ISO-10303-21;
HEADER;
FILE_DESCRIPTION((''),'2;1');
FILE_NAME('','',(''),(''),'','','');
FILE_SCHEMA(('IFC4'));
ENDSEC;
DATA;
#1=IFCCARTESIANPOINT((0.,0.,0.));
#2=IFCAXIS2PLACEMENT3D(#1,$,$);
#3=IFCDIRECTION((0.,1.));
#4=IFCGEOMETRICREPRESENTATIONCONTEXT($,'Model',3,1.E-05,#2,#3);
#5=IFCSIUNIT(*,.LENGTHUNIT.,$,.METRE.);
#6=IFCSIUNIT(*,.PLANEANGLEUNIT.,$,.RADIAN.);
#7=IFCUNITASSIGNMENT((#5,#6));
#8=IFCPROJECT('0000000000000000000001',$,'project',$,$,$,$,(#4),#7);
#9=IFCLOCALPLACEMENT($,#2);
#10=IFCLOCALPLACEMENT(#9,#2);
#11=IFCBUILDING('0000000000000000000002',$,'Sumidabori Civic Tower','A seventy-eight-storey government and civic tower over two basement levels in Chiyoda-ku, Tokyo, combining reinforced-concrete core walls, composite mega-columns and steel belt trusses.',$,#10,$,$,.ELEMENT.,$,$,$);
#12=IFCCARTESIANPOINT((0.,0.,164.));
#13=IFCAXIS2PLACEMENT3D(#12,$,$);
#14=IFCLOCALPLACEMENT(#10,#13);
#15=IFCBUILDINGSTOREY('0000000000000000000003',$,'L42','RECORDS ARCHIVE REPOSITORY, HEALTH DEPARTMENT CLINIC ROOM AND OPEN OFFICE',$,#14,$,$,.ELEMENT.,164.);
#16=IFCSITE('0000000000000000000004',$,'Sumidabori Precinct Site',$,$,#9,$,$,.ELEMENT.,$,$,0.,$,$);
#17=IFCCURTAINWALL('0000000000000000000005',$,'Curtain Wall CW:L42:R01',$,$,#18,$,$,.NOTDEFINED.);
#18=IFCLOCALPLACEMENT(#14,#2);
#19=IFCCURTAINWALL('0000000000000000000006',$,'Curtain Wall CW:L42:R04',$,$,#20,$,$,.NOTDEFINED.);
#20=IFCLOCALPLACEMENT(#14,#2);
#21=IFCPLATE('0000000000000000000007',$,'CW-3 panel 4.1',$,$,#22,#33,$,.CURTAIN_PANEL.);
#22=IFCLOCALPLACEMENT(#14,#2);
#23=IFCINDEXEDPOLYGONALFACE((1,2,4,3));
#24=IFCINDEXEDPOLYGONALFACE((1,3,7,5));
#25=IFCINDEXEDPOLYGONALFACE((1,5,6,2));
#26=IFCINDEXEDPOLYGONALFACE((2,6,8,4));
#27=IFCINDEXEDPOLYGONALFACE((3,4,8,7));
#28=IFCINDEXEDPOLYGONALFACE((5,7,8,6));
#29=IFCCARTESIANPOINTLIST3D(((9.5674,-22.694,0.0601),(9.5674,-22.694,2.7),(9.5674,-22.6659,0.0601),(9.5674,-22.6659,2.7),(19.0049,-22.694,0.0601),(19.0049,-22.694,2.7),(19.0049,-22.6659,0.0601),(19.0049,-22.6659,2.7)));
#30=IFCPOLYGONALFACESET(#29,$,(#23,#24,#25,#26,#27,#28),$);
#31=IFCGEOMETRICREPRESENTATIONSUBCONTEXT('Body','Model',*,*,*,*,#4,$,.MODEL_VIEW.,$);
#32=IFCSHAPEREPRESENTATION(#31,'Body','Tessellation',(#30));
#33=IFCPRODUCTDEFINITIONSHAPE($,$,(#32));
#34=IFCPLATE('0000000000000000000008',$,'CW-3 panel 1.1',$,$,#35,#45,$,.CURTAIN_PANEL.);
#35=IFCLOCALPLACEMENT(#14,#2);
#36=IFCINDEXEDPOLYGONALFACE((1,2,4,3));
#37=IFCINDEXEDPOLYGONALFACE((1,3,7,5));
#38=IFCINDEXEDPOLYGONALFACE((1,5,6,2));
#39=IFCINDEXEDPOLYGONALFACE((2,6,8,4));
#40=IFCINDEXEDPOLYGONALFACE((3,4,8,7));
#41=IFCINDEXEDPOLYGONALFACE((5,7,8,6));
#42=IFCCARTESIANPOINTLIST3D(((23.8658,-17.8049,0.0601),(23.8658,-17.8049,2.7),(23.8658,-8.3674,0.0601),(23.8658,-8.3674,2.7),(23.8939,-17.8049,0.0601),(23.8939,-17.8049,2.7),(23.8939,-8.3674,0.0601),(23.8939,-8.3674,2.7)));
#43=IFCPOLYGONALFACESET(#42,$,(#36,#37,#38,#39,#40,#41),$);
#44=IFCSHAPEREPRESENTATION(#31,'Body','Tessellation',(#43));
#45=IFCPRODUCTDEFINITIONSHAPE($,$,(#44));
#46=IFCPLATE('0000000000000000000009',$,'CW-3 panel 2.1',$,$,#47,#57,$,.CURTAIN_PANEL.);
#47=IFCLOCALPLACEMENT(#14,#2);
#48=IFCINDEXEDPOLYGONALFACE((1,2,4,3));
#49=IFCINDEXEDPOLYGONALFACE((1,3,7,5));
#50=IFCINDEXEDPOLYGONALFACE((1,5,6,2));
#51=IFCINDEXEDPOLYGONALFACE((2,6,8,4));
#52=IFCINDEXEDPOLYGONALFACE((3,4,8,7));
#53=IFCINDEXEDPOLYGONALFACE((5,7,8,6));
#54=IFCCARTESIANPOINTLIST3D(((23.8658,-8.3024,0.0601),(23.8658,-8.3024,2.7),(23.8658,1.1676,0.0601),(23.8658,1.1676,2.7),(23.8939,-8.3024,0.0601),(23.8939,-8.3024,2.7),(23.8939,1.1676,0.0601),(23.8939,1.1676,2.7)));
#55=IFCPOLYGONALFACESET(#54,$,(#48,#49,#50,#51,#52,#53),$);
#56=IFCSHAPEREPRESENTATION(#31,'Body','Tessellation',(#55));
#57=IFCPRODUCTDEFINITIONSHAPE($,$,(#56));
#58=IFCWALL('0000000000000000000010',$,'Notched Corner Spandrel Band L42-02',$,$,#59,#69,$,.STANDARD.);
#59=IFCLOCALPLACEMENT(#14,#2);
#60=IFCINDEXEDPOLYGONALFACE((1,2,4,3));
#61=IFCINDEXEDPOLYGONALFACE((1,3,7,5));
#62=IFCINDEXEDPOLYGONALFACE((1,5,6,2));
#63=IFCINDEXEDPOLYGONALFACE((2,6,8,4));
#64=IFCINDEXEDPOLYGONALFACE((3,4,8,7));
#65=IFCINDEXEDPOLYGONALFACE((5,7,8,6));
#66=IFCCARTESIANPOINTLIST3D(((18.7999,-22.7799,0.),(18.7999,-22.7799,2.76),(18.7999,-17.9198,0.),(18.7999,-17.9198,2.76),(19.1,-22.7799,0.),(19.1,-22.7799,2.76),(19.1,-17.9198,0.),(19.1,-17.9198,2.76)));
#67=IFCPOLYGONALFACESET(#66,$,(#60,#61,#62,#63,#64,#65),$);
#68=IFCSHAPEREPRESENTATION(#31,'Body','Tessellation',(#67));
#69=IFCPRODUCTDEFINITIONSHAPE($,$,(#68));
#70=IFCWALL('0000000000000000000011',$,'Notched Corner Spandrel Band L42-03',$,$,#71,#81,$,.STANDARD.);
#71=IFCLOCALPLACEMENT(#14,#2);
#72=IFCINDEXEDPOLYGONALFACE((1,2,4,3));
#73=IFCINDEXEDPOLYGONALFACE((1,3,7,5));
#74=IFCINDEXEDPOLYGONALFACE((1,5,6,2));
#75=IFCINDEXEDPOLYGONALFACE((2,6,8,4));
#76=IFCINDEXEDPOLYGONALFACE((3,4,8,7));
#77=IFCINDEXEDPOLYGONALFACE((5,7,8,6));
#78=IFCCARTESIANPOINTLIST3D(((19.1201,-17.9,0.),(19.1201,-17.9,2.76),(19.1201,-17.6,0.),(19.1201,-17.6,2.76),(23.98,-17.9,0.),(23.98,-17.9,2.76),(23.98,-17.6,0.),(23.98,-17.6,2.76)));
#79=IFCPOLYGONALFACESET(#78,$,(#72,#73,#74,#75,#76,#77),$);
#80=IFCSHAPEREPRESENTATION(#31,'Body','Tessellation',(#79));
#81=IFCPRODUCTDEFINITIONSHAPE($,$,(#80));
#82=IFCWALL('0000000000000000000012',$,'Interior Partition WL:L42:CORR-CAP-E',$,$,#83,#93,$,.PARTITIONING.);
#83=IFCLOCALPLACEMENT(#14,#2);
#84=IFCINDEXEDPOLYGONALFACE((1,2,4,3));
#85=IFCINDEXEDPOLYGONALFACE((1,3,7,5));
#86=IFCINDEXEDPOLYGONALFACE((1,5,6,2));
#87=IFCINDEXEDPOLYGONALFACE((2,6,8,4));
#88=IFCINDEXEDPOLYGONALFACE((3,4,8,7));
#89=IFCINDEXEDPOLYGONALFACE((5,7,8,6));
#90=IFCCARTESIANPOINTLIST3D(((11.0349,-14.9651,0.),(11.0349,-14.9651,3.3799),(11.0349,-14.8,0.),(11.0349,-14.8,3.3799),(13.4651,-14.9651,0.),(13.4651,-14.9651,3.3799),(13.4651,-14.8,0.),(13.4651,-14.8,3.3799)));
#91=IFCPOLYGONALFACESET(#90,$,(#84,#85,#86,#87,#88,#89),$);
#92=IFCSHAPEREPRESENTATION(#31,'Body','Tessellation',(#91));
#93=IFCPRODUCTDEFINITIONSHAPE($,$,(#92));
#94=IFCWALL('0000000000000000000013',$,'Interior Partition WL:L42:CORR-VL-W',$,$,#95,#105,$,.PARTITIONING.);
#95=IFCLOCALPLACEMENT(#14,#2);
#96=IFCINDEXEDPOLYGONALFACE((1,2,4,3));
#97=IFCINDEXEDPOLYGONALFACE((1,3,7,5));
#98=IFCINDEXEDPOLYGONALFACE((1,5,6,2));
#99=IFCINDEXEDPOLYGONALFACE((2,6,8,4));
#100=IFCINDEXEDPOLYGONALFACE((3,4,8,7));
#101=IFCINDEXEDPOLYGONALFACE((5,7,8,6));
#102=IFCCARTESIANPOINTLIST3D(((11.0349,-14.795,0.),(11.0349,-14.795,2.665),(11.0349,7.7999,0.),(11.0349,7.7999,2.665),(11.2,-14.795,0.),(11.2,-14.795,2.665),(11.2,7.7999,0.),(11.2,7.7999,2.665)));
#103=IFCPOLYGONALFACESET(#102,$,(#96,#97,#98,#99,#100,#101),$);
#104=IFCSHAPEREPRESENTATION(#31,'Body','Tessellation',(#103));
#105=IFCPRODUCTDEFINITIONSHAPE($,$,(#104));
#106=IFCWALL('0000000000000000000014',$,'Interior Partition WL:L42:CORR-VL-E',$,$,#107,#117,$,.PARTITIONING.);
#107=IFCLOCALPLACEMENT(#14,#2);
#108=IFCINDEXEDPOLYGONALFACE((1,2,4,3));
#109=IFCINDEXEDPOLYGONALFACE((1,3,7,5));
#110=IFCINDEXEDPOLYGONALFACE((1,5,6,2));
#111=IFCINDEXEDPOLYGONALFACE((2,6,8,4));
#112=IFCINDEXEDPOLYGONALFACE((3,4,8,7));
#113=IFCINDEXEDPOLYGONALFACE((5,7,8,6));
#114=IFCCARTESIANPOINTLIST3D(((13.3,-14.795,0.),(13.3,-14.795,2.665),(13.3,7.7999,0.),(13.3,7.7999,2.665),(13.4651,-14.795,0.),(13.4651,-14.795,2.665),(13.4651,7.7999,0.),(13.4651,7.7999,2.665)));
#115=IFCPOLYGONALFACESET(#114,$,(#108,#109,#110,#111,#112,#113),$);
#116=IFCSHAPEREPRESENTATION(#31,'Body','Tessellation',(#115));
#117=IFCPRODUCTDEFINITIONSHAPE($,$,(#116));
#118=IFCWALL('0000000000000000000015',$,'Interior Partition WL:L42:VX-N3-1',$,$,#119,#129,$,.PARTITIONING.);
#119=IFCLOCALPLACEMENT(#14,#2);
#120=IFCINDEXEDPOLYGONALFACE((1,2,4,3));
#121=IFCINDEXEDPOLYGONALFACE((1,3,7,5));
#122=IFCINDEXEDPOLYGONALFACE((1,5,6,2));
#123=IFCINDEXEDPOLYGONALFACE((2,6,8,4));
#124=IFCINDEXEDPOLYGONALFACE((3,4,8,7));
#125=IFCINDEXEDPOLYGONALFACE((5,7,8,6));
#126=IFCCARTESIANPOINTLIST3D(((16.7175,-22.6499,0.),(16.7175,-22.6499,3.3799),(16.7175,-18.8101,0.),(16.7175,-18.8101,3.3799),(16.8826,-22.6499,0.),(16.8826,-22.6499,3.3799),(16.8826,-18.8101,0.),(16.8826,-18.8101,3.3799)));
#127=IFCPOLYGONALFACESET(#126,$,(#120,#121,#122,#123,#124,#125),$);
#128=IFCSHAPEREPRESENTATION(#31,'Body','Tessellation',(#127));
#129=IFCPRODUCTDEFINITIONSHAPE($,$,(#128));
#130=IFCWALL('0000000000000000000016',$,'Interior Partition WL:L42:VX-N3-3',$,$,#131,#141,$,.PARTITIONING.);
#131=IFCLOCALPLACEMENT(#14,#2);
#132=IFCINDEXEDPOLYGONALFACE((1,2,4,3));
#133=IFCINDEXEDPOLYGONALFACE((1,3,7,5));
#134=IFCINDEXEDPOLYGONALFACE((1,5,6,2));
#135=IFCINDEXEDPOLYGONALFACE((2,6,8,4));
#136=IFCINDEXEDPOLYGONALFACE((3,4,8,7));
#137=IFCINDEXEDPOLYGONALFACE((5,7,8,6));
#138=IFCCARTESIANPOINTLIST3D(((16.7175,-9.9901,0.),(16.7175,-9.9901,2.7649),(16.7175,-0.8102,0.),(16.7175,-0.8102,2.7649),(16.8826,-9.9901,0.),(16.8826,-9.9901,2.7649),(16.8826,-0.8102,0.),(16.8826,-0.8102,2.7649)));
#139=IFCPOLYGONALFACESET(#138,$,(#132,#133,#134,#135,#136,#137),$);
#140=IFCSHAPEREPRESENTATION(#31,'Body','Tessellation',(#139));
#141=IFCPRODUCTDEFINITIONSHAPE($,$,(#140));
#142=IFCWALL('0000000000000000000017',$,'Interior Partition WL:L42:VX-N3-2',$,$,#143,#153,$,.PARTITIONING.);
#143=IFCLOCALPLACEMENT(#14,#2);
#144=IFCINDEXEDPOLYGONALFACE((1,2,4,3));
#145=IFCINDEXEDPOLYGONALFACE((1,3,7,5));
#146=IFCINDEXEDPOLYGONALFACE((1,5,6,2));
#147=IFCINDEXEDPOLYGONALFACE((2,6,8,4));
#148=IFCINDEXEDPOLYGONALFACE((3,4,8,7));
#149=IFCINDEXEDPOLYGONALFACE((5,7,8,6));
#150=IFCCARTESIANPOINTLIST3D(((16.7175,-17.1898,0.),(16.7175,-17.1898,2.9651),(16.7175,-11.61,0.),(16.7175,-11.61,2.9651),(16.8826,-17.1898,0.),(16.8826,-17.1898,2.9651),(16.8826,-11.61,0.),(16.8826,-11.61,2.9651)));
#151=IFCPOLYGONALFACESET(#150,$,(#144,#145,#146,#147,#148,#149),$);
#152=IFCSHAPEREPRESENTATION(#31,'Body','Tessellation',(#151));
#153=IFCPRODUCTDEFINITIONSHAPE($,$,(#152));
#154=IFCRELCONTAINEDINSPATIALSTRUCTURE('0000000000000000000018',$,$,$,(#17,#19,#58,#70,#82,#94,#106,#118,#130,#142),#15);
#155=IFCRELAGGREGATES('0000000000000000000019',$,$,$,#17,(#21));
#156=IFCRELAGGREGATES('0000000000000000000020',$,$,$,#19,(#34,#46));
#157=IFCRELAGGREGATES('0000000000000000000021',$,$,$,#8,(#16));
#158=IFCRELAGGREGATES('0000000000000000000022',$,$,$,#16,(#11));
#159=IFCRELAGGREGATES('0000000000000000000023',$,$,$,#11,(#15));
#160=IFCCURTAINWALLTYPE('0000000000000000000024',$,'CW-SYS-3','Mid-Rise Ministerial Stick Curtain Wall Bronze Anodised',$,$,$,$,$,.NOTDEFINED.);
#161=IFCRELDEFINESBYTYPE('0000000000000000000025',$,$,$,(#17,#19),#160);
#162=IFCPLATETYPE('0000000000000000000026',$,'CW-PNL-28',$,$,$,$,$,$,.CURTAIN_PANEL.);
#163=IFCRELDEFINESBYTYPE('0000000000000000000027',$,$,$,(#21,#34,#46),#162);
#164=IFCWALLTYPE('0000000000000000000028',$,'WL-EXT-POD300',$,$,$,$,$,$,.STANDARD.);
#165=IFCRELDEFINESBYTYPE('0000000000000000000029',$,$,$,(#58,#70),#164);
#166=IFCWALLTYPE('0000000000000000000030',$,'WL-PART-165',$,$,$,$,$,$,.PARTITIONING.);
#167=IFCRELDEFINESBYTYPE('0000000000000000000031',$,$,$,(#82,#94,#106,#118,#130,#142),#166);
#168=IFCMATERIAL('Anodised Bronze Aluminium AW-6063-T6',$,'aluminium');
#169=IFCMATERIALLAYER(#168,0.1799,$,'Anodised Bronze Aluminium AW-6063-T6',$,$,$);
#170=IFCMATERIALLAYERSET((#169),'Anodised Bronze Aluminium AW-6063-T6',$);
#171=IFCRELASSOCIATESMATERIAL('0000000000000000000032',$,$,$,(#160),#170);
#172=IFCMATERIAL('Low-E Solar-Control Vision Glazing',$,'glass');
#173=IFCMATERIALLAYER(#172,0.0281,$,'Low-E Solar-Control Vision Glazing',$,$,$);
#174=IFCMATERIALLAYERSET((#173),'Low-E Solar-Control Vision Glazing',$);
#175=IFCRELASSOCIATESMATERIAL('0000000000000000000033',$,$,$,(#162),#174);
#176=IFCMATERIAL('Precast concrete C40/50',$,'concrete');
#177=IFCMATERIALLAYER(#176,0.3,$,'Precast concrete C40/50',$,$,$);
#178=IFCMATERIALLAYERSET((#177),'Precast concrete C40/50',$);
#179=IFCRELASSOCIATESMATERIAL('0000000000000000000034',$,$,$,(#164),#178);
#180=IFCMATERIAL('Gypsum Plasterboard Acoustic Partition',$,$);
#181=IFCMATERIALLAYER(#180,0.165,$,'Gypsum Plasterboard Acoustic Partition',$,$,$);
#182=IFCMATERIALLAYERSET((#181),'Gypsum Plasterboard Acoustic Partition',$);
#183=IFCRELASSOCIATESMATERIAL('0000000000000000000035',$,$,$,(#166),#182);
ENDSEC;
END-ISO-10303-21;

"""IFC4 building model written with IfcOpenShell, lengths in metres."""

from ifc_helpers import new_model, si_unit, direction, frame, frame_2d, origin, origin_2d, place, context, subcontext, project, spatial, rectangle, extrude, source, transform, mapped, material, layer, layer_set, type_object, element, aggregate, save


model = new_model("IFC4")

# Units and contexts
model_context = context("Model", 3, precision=1e-05, world=origin(), true_north=direction((0.0, 1.0)))
body_context = subcontext(model_context, "Body", "Model", "MODEL_VIEW")
ifc_project = project(units=[si_unit("LENGTHUNIT", "METRE"), si_unit("PLANEANGLEUNIT", "RADIAN")], contexts=[model_context])

# Site, building, storey
site_placement = place(None, origin())
site = spatial("IfcSite", under=ifc_project, at=site_placement, Name="Sumidabori Precinct Site", CompositionType="ELEMENT", RefElevation=0.0)
building_placement = place(site_placement, origin())
building = spatial("IfcBuilding", under=site, at=building_placement, Name="Sumidabori Civic Tower", Description="A seventy-eight-storey government and civic tower over two basement levels in Chiyoda-ku, Tokyo, combining reinforced-concrete core walls, composite mega-columns and steel belt trusses.", CompositionType="ELEMENT")
storey_placement = place(building_placement, frame((0.0, 0.0, 164.0)))
storey = spatial("IfcBuildingStorey", under=building, at=storey_placement, Name="L42", Description="RECORDS ARCHIVE REPOSITORY, HEALTH DEPARTMENT CLINIC ROOM AND OPEN OFFICE", CompositionType="ELEMENT", Elevation=164.0)

# Curtain wall
ifc_material_1 = material(Name="Anodised Bronze Aluminium AW-6063-T6", Category="aluminium")
ifc_layer_1 = layer(ifc_material_1, 0.1799, Name="Anodised Bronze Aluminium AW-6063-T6")
ifc_layer_set_1 = layer_set([ifc_layer_1], Name="Anodised Bronze Aluminium AW-6063-T6")
curtain_wall_type = type_object("IfcCurtainWallType", Name="CW-SYS-3", Description="Mid-Rise Ministerial Stick Curtain Wall Bronze Anodised", PredefinedType="NOTDEFINED", material=ifc_layer_set_1)
curtain_wall_1_placement = place(storey_placement, origin())
curtain_wall_1 = element("IfcCurtainWall", 1, at=curtain_wall_1_placement, inside=storey, type_object=curtain_wall_type, Name="Curtain Wall CW:L42:R01", PredefinedType="NOTDEFINED")

# Curtain wall
curtain_wall_2_placement = place(storey_placement, origin())
curtain_wall_2 = element("IfcCurtainWall", 2, at=curtain_wall_2_placement, inside=storey, type_object=curtain_wall_type, Name="Curtain Wall CW:L42:R04", PredefinedType="NOTDEFINED")

# Plates
ifc_material_2 = material(Name="Low-E Solar-Control Vision Glazing", Category="glass")
ifc_layer_2 = layer(ifc_material_2, 0.0281, Name="Low-E Solar-Control Vision Glazing")
ifc_layer_set_2 = layer_set([ifc_layer_2], Name="Low-E Solar-Control Vision Glazing")
plate_type = type_object("IfcPlateType", Name="CW-PNL-28", PredefinedType="CURTAIN_PANEL", material=ifc_layer_set_2)
shared_shape_1 = source(origin(), body_context, "Body", "SweptSolid", [
    extrude(rectangle(XDim=9.4375, YDim=0.0281, at=origin_2d()), origin(), (0.0, 0.0, 1.0), 2.6399),
])
plate_1_placement = place(storey_placement, frame((14.2861, -22.6799, 0.0601), z_axis=(0.0, 0.0, 1.0), x_axis=(1.0, 0.0, 0.0)))
plate_1 = element("IfcPlate", 3, at=plate_1_placement, type_object=plate_type, Name="CW-3 panel 4.1", PredefinedType="CURTAIN_PANEL", context=body_context, shape_type="MappedRepresentation", body=[
    mapped(shared_shape_1, transform((0.0, 0.0, 0.0), x_axis=(1.0, 0.0, 0.0), y_axis=(0.0, 1.0, 0.0), z_axis=(0.0, 0.0, 1.0), scale=1.0)),
])
aggregate(curtain_wall_1, [plate_1])
plate_2_placement = place(storey_placement, frame((23.8799, -13.0862, 0.0601), z_axis=(0.0, 0.0, 1.0), x_axis=(0.0, 1.0, 0.0)))
plate_2 = element("IfcPlate", 4, at=plate_2_placement, type_object=plate_type, Name="CW-3 panel 1.1", PredefinedType="CURTAIN_PANEL", context=body_context, shape_type="MappedRepresentation", body=[
    mapped(shared_shape_1, transform((0.0, 0.0, 0.0), x_axis=(1.0, 0.0, 0.0), y_axis=(0.0, 1.0, 0.0), z_axis=(0.0, 0.0, 1.0), scale=1.0)),
])
shared_shape_2 = source(origin(), body_context, "Body", "SweptSolid", [
    extrude(rectangle(XDim=9.47, YDim=0.0281, at=origin_2d()), origin(), (0.0, 0.0, 1.0), 2.6399),
])
plate_3_placement = place(storey_placement, frame((23.8799, -3.5674, 0.0601), z_axis=(0.0, 0.0, 1.0), x_axis=(0.0, 1.0, 0.0)))
plate_3 = element("IfcPlate", 5, at=plate_3_placement, type_object=plate_type, Name="CW-3 panel 2.1", PredefinedType="CURTAIN_PANEL", context=body_context, shape_type="MappedRepresentation", body=[
    mapped(shared_shape_2, transform((0.0, 0.0, 0.0), x_axis=(1.0, 0.0, 0.0), y_axis=(0.0, 1.0, 0.0), z_axis=(0.0, 0.0, 1.0), scale=1.0)),
])
aggregate(curtain_wall_2, [plate_2, plate_3])

# Walls
ifc_material_3 = material(Name="Precast concrete C40/50", Category="concrete")
ifc_layer_3 = layer(ifc_material_3, 0.3, Name="Precast concrete C40/50")
ifc_layer_set_3 = layer_set([ifc_layer_3], Name="Precast concrete C40/50")
wall_type_1 = type_object("IfcWallType", Name="WL-EXT-POD300", PredefinedType="STANDARD", material=ifc_layer_set_3)
shared_shape_3 = source(origin(), body_context, "Body", "SweptSolid", [
    extrude(rectangle(XDim=4.8601, YDim=0.3, at=frame_2d((2.4302, 0.0))), origin(), (0.0, 0.0, 1.0), 2.76),
])
wall_1_placement = place(storey_placement, frame((18.95, -22.78, 0.0), z_axis=(0.0, 0.0, 1.0), x_axis=(0.0, 1.0, 0.0)))
element("IfcWall", 6, at=wall_1_placement, inside=storey, type_object=wall_type_1, Name="Notched Corner Spandrel Band L42-02", PredefinedType="STANDARD", context=body_context, shape_type="MappedRepresentation", body=[
    mapped(shared_shape_3, transform((0.0, 0.0, 0.0), x_axis=(1.0, 0.0, 0.0), y_axis=(0.0, 1.0, 0.0), z_axis=(0.0, 0.0, 1.0), scale=1.0)),
])
shared_shape_4 = source(origin(), body_context, "Body", "SweptSolid", [
    extrude(rectangle(XDim=4.8599, YDim=0.3, at=frame_2d((2.4299, 0.0))), origin(), (0.0, 0.0, 1.0), 2.76),
])
wall_2_placement = place(storey_placement, frame((19.1201, -17.75, 0.0), z_axis=(0.0, 0.0, 1.0), x_axis=(1.0, 0.0, 0.0)))
element("IfcWall", 7, at=wall_2_placement, inside=storey, type_object=wall_type_1, Name="Notched Corner Spandrel Band L42-03", PredefinedType="STANDARD", context=body_context, shape_type="MappedRepresentation", body=[
    mapped(shared_shape_4, transform((0.0, 0.0, 0.0), x_axis=(1.0, 0.0, 0.0), y_axis=(0.0, 1.0, 0.0), z_axis=(0.0, 0.0, 1.0), scale=1.0)),
])
ifc_material_4 = material(Name="Gypsum Plasterboard Acoustic Partition")
ifc_layer_4 = layer(ifc_material_4, 0.165, Name="Gypsum Plasterboard Acoustic Partition")
ifc_layer_set_4 = layer_set([ifc_layer_4], Name="Gypsum Plasterboard Acoustic Partition")
wall_type_2 = type_object("IfcWallType", Name="WL-PART-165", PredefinedType="PARTITIONING", material=ifc_layer_set_4)
shared_shape_5 = source(origin(), body_context, "Body", "SweptSolid", [
    extrude(rectangle(XDim=2.4302, YDim=0.165, at=frame_2d((1.2151, 0.0))), origin(), (0.0, 0.0, 1.0), 3.3799),
])
wall_3_placement = place(storey_placement, frame((11.0349, -14.8826, 0.0), z_axis=(0.0, 0.0, 1.0), x_axis=(1.0, 0.0, 0.0)))
element("IfcWall", 8, at=wall_3_placement, inside=storey, type_object=wall_type_2, Name="Interior Partition WL:L42:CORR-CAP-E", PredefinedType="PARTITIONING", context=body_context, shape_type="MappedRepresentation", body=[
    mapped(shared_shape_5, transform((0.0, 0.0, 0.0), x_axis=(1.0, 0.0, 0.0), y_axis=(0.0, 1.0, 0.0), z_axis=(0.0, 0.0, 1.0), scale=1.0)),
])
shared_shape_6 = source(origin(), body_context, "Body", "SweptSolid", [
    extrude(rectangle(XDim=22.595, YDim=0.165, at=frame_2d((11.2974, 0.0))), origin(), (0.0, 0.0, 1.0), 2.665),
])
for number, where, z_axis, x_axis, name in (
    (9, (11.1174, -14.7949, 0.0), (0.0, 0.0, 1.0), (0.0, 1.0, 0.0), "Interior Partition WL:L42:CORR-VL-W"),
    (10, (13.3826, -14.7949, 0.0), (0.0, 0.0, 1.0), (0.0, 1.0, 0.0), "Interior Partition WL:L42:CORR-VL-E"),
):
    element("IfcWall", number, at=place(storey_placement, frame(where, z_axis=z_axis, x_axis=x_axis)), inside=storey, type_object=wall_type_2, Name=name, PredefinedType="PARTITIONING", context=body_context, shape_type="MappedRepresentation", body=[
        mapped(shared_shape_6, transform((0.0, 0.0, 0.0), x_axis=(1.0, 0.0, 0.0), y_axis=(0.0, 1.0, 0.0), z_axis=(0.0, 0.0, 1.0), scale=1.0)),
    ])
shared_shape_7 = source(origin(), body_context, "Body", "SweptSolid", [
    extrude(rectangle(XDim=3.8398, YDim=0.165, at=frame_2d((1.9199, 0.0))), origin(), (0.0, 0.0, 1.0), 3.3799),
])
wall_4_placement = place(storey_placement, frame((16.8, -22.6499, 0.0), z_axis=(0.0, 0.0, 1.0), x_axis=(0.0, 1.0, 0.0)))
element("IfcWall", 11, at=wall_4_placement, inside=storey, type_object=wall_type_2, Name="Interior Partition WL:L42:VX-N3-1", PredefinedType="PARTITIONING", context=body_context, shape_type="MappedRepresentation", body=[
    mapped(shared_shape_7, transform((0.0, 0.0, 0.0), x_axis=(1.0, 0.0, 0.0), y_axis=(0.0, 1.0, 0.0), z_axis=(0.0, 0.0, 1.0), scale=1.0)),
])
shared_shape_8 = source(origin(), body_context, "Body", "SweptSolid", [
    extrude(rectangle(XDim=9.1799, YDim=0.165, at=frame_2d((4.5898, 0.0))), origin(), (0.0, 0.0, 1.0), 2.7649),
])
wall_5_placement = place(storey_placement, frame((16.8, -9.99, 0.0), z_axis=(0.0, 0.0, 1.0), x_axis=(0.0, 1.0, 0.0)))
element("IfcWall", 12, at=wall_5_placement, inside=storey, type_object=wall_type_2, Name="Interior Partition WL:L42:VX-N3-3", PredefinedType="PARTITIONING", context=body_context, shape_type="MappedRepresentation", body=[
    mapped(shared_shape_8, transform((0.0, 0.0, 0.0), x_axis=(1.0, 0.0, 0.0), y_axis=(0.0, 1.0, 0.0), z_axis=(0.0, 0.0, 1.0), scale=1.0)),
])
shared_shape_9 = source(origin(), body_context, "Body", "SweptSolid", [
    extrude(rectangle(XDim=5.5798, YDim=0.165, at=frame_2d((2.79, 0.0))), origin(), (0.0, 0.0, 1.0), 2.9651),
])
wall_6_placement = place(storey_placement, frame((16.8, -17.1899, 0.0), z_axis=(0.0, 0.0, 1.0), x_axis=(0.0, 1.0, 0.0)))
element("IfcWall", 13, at=wall_6_placement, inside=storey, type_object=wall_type_2, Name="Interior Partition WL:L42:VX-N3-2", PredefinedType="PARTITIONING", context=body_context, shape_type="MappedRepresentation", body=[
    mapped(shared_shape_9, transform((0.0, 0.0, 0.0), x_axis=(1.0, 0.0, 0.0), y_axis=(0.0, 1.0, 0.0), z_axis=(0.0, 0.0, 1.0), scale=1.0)),
])

save(model, "model.ifc")
